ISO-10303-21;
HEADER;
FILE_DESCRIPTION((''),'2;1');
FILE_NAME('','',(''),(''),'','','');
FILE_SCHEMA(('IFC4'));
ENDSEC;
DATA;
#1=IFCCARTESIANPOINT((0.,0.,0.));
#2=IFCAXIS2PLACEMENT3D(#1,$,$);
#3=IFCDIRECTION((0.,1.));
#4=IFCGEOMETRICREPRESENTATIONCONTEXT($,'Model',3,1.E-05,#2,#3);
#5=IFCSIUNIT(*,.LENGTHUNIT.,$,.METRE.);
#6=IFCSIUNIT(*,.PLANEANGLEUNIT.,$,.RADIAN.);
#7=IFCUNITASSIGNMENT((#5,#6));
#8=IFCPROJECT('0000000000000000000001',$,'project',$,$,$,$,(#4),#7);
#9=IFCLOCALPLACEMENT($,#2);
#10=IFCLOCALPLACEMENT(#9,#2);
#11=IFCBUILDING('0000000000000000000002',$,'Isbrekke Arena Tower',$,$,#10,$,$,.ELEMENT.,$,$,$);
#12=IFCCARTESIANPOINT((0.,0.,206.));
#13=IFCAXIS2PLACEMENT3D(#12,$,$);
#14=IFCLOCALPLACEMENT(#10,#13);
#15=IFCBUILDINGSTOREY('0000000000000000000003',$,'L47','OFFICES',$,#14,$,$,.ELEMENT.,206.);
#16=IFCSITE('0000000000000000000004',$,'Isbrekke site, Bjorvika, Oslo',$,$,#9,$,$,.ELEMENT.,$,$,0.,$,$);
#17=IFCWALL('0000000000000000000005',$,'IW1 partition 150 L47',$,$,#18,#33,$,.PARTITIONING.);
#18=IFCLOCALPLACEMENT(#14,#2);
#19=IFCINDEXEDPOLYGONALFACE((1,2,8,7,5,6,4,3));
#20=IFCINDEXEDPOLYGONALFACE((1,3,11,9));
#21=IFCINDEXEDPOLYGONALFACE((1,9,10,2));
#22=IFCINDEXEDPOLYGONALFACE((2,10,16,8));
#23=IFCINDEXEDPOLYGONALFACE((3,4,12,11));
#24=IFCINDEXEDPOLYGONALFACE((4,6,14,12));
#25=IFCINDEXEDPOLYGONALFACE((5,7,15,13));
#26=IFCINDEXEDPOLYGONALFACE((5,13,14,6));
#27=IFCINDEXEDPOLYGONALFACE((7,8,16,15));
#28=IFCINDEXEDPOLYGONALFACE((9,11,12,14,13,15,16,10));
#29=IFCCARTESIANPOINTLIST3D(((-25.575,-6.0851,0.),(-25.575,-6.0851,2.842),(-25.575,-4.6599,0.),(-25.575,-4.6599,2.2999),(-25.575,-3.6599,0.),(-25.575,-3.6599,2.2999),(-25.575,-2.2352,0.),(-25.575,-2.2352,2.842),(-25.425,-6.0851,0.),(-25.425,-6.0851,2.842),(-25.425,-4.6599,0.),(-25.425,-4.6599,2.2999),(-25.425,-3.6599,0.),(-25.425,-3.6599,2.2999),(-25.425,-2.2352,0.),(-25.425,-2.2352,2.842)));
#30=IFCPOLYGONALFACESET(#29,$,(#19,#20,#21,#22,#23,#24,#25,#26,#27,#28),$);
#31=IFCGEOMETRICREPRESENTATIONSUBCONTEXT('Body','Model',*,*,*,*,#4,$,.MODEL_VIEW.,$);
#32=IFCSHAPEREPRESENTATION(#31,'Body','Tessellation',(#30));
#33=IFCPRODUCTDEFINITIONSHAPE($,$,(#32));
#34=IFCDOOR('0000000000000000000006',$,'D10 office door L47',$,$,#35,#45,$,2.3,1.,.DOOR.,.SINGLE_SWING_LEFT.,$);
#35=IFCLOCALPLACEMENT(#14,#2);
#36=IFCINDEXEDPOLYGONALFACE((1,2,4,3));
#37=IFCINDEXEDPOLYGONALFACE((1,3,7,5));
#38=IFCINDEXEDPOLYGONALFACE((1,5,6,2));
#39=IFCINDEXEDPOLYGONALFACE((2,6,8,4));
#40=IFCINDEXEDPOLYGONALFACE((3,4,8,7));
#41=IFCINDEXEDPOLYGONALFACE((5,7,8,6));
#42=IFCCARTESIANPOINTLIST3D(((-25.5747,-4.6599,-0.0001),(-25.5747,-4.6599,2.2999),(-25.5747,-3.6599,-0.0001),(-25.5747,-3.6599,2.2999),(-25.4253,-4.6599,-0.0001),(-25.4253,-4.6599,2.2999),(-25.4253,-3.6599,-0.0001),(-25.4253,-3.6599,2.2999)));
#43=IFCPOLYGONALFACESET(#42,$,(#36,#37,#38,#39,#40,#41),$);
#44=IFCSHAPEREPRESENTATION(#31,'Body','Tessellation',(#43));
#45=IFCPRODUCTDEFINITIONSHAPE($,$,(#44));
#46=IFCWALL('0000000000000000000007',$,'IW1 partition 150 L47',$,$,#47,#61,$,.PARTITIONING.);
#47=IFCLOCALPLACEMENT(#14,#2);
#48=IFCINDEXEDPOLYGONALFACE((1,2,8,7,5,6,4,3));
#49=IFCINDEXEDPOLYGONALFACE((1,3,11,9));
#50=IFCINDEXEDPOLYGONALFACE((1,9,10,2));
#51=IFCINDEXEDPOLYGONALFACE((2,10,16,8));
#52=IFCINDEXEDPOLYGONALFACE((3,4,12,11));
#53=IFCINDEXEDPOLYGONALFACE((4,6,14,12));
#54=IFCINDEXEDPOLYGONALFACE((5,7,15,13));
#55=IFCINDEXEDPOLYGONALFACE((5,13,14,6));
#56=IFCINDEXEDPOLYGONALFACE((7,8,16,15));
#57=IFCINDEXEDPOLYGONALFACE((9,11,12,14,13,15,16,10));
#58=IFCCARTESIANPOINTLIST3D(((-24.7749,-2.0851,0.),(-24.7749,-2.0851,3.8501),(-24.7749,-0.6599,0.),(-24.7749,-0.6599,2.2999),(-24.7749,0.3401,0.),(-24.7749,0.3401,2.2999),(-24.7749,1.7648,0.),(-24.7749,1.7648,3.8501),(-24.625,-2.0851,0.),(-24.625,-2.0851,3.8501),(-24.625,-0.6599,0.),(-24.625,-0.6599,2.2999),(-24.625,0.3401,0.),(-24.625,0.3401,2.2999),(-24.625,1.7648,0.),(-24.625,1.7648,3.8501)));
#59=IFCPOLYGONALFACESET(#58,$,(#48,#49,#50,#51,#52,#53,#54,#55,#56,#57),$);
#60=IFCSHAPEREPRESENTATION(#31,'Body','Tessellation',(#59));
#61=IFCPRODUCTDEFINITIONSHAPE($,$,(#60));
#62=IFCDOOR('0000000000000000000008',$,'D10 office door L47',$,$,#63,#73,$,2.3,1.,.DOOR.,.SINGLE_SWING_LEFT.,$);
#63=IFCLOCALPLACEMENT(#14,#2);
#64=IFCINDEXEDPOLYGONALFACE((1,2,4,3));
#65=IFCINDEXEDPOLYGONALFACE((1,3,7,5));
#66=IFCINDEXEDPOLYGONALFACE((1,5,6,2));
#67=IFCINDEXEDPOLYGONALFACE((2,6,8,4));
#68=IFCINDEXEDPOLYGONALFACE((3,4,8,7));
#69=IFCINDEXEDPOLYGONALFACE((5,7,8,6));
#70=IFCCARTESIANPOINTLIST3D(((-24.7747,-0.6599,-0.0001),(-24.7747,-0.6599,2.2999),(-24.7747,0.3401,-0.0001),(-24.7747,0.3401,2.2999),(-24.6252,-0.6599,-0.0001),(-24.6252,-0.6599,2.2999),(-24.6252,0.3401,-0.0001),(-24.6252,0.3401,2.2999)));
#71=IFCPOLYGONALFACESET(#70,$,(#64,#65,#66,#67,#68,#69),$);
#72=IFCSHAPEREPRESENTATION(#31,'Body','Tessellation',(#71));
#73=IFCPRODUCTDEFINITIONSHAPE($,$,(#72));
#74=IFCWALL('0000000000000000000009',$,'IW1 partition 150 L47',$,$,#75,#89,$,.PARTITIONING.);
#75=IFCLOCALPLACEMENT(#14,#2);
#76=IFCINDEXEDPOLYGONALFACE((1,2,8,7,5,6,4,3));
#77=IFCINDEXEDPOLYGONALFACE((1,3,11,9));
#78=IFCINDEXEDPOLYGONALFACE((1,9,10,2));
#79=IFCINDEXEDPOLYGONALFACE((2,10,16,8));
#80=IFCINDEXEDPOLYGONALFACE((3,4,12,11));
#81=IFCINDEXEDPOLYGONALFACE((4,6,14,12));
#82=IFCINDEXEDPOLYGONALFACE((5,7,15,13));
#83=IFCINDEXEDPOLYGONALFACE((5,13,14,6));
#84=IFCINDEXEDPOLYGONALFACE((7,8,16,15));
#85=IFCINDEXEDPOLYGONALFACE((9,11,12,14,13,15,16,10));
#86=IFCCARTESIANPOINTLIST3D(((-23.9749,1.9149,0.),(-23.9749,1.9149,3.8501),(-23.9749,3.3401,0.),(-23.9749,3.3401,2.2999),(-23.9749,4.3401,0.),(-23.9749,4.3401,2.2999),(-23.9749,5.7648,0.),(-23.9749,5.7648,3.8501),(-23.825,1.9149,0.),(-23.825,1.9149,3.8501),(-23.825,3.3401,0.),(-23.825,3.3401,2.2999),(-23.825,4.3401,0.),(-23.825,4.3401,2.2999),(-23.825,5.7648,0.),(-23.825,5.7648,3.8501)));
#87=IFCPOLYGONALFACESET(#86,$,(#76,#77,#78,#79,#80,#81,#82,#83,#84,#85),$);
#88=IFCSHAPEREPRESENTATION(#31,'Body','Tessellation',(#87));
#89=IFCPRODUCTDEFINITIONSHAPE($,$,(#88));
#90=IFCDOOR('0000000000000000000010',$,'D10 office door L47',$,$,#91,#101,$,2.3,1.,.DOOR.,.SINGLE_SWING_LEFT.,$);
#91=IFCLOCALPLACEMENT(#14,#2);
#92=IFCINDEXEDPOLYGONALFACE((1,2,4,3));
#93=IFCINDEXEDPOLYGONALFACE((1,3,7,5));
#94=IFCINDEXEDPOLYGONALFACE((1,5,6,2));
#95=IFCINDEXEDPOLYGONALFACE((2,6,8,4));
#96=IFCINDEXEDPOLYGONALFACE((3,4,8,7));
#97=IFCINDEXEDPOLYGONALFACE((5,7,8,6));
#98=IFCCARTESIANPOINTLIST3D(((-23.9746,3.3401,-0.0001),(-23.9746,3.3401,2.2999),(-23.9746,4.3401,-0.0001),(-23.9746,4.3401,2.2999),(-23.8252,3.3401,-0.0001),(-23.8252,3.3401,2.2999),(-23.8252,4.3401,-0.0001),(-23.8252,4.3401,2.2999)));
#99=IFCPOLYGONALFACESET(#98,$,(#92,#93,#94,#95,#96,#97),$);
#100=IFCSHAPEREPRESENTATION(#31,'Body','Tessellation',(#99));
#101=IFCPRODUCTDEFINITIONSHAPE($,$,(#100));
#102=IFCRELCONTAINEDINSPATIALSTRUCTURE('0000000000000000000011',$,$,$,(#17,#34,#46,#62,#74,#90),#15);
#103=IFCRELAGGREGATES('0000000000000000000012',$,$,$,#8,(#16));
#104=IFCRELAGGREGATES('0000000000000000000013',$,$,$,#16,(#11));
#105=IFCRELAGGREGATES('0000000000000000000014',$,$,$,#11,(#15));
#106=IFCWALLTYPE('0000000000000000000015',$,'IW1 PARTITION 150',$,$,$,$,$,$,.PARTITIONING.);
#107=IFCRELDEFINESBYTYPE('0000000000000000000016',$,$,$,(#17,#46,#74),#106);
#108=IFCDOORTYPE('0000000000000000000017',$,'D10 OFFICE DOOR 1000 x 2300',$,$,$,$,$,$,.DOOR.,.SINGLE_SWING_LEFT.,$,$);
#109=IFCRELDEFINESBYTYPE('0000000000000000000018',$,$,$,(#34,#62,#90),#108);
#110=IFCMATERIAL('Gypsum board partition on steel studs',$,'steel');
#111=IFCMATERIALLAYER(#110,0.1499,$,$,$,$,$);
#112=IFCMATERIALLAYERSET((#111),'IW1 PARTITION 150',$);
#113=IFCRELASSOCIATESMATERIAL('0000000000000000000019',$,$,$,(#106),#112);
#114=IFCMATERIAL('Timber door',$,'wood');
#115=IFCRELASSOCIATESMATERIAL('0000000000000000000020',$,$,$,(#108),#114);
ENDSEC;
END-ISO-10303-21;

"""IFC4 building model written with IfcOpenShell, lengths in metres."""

from ifc_helpers import new_model, si_unit, direction, frame, frame_2d, origin, place, context, subcontext, project, spatial, rectangle, extrude, material, layer, layer_set, type_object, element, fill, save


model = new_model("IFC4")

# Units and contexts
model_context = context("Model", 3, precision=1e-05, world=origin(), true_north=direction((0.0, 1.0)))
body_context = subcontext(model_context, "Body", "Model", "MODEL_VIEW")
ifc_project = project(units=[si_unit("LENGTHUNIT", "METRE"), si_unit("PLANEANGLEUNIT", "RADIAN")], contexts=[model_context])

# Site, building, storey
site_placement = place(None, origin())
site = spatial("IfcSite", under=ifc_project, at=site_placement, Name="Isbrekke site, Bjorvika, Oslo", CompositionType="ELEMENT", RefElevation=0.0)
building_placement = place(site_placement, origin())
building = spatial("IfcBuilding", under=site, at=building_placement, Name="Isbrekke Arena Tower", CompositionType="ELEMENT")
storey_placement = place(building_placement, frame((0.0, 0.0, 206.0)))
storey = spatial("IfcBuildingStorey", under=building, at=storey_placement, Name="L47", Description="OFFICES", CompositionType="ELEMENT", Elevation=206.0)

# Shared definitions
ifc_material_1 = material(Name="Gypsum board partition on steel studs", Category="steel")
ifc_layer_1 = layer(ifc_material_1, 0.1499)
ifc_layer_set_1 = layer_set([ifc_layer_1], Name="IW1 PARTITION 150")
wall_type = type_object("IfcWallType", Name="IW1 PARTITION 150", PredefinedType="PARTITIONING", material=ifc_layer_set_1)

# Walls, openings, doors
wall_1_placement = place(storey_placement, frame((-25.5, -6.085, 0.0), z_axis=(0.0, 0.0, 1.0), x_axis=(0.0, 1.0, 0.0)))
wall_1 = element("IfcWall", 1, at=wall_1_placement, inside=storey, type_object=wall_type, Name="IW1 partition 150 L47", PredefinedType="PARTITIONING", context=body_context, shape_type="SweptSolid", body=[
    extrude(rectangle(XDim=3.8499, YDim=0.1499, at=frame_2d((1.9248, 0.0))), origin(), (0.0, 0.0, 1.0), 2.842),
])
opening_1_placement = place(wall_1_placement, frame((1.425, 0.0, 0.0)))
opening_1 = element("IfcOpeningElement", 2, at=opening_1_placement, cuts=wall_1, PredefinedType="OPENING", context=body_context, shape_type="SweptSolid", body=[
    extrude(rectangle(XDim=1.0, YDim=2.3, at=frame_2d((0.5, 1.1499))), frame((0.0, 0.0898, 0.0), z_axis=(0.0, -1.0, 0.0), x_axis=(1.0, 0.0, 0.0)), (0.0, 0.0, 1.0), 0.1797),
])
ifc_material_2 = material(Name="Timber door", Category="wood")
door_type = type_object("IfcDoorType", Name="D10 OFFICE DOOR 1000 x 2300", OperationType="SINGLE_SWING_LEFT", PredefinedType="DOOR", material=ifc_material_2)
door_1_placement = place(opening_1_placement, origin())
door_1 = element("IfcDoor", 3, at=door_1_placement, inside=storey, type_object=door_type, Name="D10 office door L47", OperationType="SINGLE_SWING_LEFT", OverallHeight=2.3, OverallWidth=1.0, PredefinedType="DOOR", context=body_context, shape_type="SweptSolid", body=[
    extrude(rectangle(XDim=1.0, YDim=2.3, at=frame_2d((0.5, 1.1499))), frame((0.0, 0.0747, 0.0), z_axis=(0.0, -1.0, 0.0), x_axis=(1.0, 0.0, 0.0)), (0.0, 0.0, 1.0), 0.1494),
])
fill(opening_1, door_1)
wall_2_placement = place(storey_placement, frame((-24.7, -2.085, 0.0), z_axis=(0.0, 0.0, 1.0), x_axis=(0.0, 1.0, 0.0)))
wall_2 = element("IfcWall", 4, at=wall_2_placement, inside=storey, type_object=wall_type, Name="IW1 partition 150 L47", PredefinedType="PARTITIONING", context=body_context, shape_type="SweptSolid", body=[
    extrude(rectangle(XDim=3.8499, YDim=0.1499, at=frame_2d((1.9248, 0.0))), origin(), (0.0, 0.0, 1.0), 3.8501),
])
opening_2_placement = place(wall_2_placement, frame((1.425, 0.0, 0.0)))
opening_2 = element("IfcOpeningElement", 5, at=opening_2_placement, cuts=wall_2, PredefinedType="OPENING", context=body_context, shape_type="SweptSolid", body=[
    extrude(rectangle(XDim=1.0, YDim=2.3, at=frame_2d((0.5, 1.1499))), frame((0.0, 0.0898, 0.0), z_axis=(0.0, -1.0, 0.0), x_axis=(1.0, 0.0, 0.0)), (0.0, 0.0, 1.0), 0.1797),
])
door_2_placement = place(opening_2_placement, origin())
door_2 = element("IfcDoor", 6, at=door_2_placement, inside=storey, type_object=door_type, Name="D10 office door L47", OperationType="SINGLE_SWING_LEFT", OverallHeight=2.3, OverallWidth=1.0, PredefinedType="DOOR", context=body_context, shape_type="SweptSolid", body=[
    extrude(rectangle(XDim=1.0, YDim=2.3, at=frame_2d((0.5, 1.1499))), frame((0.0, 0.0747, 0.0), z_axis=(0.0, -1.0, 0.0), x_axis=(1.0, 0.0, 0.0)), (0.0, 0.0, 1.0), 0.1494),
])
fill(opening_2, door_2)
wall_3_placement = place(storey_placement, frame((-23.8999, 1.915, 0.0), z_axis=(0.0, 0.0, 1.0), x_axis=(0.0, 1.0, 0.0)))
wall_3 = element("IfcWall", 7, at=wall_3_placement, inside=storey, type_object=wall_type, Name="IW1 partition 150 L47", PredefinedType="PARTITIONING", context=body_context, shape_type="SweptSolid", body=[
    extrude(rectangle(XDim=3.8499, YDim=0.1499, at=frame_2d((1.9248, 0.0))), origin(), (0.0, 0.0, 1.0), 3.8501),
])
opening_3_placement = place(wall_3_placement, frame((1.425, 0.0, 0.0)))
opening_3 = element("IfcOpeningElement", 8, at=opening_3_placement, cuts=wall_3, PredefinedType="OPENING", context=body_context, shape_type="SweptSolid", body=[
    extrude(rectangle(XDim=1.0, YDim=2.3, at=frame_2d((0.5, 1.1499))), frame((0.0, 0.0898, 0.0), z_axis=(0.0, -1.0, 0.0), x_axis=(1.0, 0.0, 0.0)), (0.0, 0.0, 1.0), 0.1797),
])
door_3_placement = place(opening_3_placement, origin())
door_3 = element("IfcDoor", 9, at=door_3_placement, inside=storey, type_object=door_type, Name="D10 office door L47", OperationType="SINGLE_SWING_LEFT", OverallHeight=2.3, OverallWidth=1.0, PredefinedType="DOOR", context=body_context, shape_type="SweptSolid", body=[
    extrude(rectangle(XDim=1.0, YDim=2.3, at=frame_2d((0.5, 1.1499))), frame((0.0, 0.0747, 0.0), z_axis=(0.0, -1.0, 0.0), x_axis=(1.0, 0.0, 0.0)), (0.0, 0.0, 1.0), 0.1494),
])
fill(opening_3, door_3)

save(model, "model.ifc")
